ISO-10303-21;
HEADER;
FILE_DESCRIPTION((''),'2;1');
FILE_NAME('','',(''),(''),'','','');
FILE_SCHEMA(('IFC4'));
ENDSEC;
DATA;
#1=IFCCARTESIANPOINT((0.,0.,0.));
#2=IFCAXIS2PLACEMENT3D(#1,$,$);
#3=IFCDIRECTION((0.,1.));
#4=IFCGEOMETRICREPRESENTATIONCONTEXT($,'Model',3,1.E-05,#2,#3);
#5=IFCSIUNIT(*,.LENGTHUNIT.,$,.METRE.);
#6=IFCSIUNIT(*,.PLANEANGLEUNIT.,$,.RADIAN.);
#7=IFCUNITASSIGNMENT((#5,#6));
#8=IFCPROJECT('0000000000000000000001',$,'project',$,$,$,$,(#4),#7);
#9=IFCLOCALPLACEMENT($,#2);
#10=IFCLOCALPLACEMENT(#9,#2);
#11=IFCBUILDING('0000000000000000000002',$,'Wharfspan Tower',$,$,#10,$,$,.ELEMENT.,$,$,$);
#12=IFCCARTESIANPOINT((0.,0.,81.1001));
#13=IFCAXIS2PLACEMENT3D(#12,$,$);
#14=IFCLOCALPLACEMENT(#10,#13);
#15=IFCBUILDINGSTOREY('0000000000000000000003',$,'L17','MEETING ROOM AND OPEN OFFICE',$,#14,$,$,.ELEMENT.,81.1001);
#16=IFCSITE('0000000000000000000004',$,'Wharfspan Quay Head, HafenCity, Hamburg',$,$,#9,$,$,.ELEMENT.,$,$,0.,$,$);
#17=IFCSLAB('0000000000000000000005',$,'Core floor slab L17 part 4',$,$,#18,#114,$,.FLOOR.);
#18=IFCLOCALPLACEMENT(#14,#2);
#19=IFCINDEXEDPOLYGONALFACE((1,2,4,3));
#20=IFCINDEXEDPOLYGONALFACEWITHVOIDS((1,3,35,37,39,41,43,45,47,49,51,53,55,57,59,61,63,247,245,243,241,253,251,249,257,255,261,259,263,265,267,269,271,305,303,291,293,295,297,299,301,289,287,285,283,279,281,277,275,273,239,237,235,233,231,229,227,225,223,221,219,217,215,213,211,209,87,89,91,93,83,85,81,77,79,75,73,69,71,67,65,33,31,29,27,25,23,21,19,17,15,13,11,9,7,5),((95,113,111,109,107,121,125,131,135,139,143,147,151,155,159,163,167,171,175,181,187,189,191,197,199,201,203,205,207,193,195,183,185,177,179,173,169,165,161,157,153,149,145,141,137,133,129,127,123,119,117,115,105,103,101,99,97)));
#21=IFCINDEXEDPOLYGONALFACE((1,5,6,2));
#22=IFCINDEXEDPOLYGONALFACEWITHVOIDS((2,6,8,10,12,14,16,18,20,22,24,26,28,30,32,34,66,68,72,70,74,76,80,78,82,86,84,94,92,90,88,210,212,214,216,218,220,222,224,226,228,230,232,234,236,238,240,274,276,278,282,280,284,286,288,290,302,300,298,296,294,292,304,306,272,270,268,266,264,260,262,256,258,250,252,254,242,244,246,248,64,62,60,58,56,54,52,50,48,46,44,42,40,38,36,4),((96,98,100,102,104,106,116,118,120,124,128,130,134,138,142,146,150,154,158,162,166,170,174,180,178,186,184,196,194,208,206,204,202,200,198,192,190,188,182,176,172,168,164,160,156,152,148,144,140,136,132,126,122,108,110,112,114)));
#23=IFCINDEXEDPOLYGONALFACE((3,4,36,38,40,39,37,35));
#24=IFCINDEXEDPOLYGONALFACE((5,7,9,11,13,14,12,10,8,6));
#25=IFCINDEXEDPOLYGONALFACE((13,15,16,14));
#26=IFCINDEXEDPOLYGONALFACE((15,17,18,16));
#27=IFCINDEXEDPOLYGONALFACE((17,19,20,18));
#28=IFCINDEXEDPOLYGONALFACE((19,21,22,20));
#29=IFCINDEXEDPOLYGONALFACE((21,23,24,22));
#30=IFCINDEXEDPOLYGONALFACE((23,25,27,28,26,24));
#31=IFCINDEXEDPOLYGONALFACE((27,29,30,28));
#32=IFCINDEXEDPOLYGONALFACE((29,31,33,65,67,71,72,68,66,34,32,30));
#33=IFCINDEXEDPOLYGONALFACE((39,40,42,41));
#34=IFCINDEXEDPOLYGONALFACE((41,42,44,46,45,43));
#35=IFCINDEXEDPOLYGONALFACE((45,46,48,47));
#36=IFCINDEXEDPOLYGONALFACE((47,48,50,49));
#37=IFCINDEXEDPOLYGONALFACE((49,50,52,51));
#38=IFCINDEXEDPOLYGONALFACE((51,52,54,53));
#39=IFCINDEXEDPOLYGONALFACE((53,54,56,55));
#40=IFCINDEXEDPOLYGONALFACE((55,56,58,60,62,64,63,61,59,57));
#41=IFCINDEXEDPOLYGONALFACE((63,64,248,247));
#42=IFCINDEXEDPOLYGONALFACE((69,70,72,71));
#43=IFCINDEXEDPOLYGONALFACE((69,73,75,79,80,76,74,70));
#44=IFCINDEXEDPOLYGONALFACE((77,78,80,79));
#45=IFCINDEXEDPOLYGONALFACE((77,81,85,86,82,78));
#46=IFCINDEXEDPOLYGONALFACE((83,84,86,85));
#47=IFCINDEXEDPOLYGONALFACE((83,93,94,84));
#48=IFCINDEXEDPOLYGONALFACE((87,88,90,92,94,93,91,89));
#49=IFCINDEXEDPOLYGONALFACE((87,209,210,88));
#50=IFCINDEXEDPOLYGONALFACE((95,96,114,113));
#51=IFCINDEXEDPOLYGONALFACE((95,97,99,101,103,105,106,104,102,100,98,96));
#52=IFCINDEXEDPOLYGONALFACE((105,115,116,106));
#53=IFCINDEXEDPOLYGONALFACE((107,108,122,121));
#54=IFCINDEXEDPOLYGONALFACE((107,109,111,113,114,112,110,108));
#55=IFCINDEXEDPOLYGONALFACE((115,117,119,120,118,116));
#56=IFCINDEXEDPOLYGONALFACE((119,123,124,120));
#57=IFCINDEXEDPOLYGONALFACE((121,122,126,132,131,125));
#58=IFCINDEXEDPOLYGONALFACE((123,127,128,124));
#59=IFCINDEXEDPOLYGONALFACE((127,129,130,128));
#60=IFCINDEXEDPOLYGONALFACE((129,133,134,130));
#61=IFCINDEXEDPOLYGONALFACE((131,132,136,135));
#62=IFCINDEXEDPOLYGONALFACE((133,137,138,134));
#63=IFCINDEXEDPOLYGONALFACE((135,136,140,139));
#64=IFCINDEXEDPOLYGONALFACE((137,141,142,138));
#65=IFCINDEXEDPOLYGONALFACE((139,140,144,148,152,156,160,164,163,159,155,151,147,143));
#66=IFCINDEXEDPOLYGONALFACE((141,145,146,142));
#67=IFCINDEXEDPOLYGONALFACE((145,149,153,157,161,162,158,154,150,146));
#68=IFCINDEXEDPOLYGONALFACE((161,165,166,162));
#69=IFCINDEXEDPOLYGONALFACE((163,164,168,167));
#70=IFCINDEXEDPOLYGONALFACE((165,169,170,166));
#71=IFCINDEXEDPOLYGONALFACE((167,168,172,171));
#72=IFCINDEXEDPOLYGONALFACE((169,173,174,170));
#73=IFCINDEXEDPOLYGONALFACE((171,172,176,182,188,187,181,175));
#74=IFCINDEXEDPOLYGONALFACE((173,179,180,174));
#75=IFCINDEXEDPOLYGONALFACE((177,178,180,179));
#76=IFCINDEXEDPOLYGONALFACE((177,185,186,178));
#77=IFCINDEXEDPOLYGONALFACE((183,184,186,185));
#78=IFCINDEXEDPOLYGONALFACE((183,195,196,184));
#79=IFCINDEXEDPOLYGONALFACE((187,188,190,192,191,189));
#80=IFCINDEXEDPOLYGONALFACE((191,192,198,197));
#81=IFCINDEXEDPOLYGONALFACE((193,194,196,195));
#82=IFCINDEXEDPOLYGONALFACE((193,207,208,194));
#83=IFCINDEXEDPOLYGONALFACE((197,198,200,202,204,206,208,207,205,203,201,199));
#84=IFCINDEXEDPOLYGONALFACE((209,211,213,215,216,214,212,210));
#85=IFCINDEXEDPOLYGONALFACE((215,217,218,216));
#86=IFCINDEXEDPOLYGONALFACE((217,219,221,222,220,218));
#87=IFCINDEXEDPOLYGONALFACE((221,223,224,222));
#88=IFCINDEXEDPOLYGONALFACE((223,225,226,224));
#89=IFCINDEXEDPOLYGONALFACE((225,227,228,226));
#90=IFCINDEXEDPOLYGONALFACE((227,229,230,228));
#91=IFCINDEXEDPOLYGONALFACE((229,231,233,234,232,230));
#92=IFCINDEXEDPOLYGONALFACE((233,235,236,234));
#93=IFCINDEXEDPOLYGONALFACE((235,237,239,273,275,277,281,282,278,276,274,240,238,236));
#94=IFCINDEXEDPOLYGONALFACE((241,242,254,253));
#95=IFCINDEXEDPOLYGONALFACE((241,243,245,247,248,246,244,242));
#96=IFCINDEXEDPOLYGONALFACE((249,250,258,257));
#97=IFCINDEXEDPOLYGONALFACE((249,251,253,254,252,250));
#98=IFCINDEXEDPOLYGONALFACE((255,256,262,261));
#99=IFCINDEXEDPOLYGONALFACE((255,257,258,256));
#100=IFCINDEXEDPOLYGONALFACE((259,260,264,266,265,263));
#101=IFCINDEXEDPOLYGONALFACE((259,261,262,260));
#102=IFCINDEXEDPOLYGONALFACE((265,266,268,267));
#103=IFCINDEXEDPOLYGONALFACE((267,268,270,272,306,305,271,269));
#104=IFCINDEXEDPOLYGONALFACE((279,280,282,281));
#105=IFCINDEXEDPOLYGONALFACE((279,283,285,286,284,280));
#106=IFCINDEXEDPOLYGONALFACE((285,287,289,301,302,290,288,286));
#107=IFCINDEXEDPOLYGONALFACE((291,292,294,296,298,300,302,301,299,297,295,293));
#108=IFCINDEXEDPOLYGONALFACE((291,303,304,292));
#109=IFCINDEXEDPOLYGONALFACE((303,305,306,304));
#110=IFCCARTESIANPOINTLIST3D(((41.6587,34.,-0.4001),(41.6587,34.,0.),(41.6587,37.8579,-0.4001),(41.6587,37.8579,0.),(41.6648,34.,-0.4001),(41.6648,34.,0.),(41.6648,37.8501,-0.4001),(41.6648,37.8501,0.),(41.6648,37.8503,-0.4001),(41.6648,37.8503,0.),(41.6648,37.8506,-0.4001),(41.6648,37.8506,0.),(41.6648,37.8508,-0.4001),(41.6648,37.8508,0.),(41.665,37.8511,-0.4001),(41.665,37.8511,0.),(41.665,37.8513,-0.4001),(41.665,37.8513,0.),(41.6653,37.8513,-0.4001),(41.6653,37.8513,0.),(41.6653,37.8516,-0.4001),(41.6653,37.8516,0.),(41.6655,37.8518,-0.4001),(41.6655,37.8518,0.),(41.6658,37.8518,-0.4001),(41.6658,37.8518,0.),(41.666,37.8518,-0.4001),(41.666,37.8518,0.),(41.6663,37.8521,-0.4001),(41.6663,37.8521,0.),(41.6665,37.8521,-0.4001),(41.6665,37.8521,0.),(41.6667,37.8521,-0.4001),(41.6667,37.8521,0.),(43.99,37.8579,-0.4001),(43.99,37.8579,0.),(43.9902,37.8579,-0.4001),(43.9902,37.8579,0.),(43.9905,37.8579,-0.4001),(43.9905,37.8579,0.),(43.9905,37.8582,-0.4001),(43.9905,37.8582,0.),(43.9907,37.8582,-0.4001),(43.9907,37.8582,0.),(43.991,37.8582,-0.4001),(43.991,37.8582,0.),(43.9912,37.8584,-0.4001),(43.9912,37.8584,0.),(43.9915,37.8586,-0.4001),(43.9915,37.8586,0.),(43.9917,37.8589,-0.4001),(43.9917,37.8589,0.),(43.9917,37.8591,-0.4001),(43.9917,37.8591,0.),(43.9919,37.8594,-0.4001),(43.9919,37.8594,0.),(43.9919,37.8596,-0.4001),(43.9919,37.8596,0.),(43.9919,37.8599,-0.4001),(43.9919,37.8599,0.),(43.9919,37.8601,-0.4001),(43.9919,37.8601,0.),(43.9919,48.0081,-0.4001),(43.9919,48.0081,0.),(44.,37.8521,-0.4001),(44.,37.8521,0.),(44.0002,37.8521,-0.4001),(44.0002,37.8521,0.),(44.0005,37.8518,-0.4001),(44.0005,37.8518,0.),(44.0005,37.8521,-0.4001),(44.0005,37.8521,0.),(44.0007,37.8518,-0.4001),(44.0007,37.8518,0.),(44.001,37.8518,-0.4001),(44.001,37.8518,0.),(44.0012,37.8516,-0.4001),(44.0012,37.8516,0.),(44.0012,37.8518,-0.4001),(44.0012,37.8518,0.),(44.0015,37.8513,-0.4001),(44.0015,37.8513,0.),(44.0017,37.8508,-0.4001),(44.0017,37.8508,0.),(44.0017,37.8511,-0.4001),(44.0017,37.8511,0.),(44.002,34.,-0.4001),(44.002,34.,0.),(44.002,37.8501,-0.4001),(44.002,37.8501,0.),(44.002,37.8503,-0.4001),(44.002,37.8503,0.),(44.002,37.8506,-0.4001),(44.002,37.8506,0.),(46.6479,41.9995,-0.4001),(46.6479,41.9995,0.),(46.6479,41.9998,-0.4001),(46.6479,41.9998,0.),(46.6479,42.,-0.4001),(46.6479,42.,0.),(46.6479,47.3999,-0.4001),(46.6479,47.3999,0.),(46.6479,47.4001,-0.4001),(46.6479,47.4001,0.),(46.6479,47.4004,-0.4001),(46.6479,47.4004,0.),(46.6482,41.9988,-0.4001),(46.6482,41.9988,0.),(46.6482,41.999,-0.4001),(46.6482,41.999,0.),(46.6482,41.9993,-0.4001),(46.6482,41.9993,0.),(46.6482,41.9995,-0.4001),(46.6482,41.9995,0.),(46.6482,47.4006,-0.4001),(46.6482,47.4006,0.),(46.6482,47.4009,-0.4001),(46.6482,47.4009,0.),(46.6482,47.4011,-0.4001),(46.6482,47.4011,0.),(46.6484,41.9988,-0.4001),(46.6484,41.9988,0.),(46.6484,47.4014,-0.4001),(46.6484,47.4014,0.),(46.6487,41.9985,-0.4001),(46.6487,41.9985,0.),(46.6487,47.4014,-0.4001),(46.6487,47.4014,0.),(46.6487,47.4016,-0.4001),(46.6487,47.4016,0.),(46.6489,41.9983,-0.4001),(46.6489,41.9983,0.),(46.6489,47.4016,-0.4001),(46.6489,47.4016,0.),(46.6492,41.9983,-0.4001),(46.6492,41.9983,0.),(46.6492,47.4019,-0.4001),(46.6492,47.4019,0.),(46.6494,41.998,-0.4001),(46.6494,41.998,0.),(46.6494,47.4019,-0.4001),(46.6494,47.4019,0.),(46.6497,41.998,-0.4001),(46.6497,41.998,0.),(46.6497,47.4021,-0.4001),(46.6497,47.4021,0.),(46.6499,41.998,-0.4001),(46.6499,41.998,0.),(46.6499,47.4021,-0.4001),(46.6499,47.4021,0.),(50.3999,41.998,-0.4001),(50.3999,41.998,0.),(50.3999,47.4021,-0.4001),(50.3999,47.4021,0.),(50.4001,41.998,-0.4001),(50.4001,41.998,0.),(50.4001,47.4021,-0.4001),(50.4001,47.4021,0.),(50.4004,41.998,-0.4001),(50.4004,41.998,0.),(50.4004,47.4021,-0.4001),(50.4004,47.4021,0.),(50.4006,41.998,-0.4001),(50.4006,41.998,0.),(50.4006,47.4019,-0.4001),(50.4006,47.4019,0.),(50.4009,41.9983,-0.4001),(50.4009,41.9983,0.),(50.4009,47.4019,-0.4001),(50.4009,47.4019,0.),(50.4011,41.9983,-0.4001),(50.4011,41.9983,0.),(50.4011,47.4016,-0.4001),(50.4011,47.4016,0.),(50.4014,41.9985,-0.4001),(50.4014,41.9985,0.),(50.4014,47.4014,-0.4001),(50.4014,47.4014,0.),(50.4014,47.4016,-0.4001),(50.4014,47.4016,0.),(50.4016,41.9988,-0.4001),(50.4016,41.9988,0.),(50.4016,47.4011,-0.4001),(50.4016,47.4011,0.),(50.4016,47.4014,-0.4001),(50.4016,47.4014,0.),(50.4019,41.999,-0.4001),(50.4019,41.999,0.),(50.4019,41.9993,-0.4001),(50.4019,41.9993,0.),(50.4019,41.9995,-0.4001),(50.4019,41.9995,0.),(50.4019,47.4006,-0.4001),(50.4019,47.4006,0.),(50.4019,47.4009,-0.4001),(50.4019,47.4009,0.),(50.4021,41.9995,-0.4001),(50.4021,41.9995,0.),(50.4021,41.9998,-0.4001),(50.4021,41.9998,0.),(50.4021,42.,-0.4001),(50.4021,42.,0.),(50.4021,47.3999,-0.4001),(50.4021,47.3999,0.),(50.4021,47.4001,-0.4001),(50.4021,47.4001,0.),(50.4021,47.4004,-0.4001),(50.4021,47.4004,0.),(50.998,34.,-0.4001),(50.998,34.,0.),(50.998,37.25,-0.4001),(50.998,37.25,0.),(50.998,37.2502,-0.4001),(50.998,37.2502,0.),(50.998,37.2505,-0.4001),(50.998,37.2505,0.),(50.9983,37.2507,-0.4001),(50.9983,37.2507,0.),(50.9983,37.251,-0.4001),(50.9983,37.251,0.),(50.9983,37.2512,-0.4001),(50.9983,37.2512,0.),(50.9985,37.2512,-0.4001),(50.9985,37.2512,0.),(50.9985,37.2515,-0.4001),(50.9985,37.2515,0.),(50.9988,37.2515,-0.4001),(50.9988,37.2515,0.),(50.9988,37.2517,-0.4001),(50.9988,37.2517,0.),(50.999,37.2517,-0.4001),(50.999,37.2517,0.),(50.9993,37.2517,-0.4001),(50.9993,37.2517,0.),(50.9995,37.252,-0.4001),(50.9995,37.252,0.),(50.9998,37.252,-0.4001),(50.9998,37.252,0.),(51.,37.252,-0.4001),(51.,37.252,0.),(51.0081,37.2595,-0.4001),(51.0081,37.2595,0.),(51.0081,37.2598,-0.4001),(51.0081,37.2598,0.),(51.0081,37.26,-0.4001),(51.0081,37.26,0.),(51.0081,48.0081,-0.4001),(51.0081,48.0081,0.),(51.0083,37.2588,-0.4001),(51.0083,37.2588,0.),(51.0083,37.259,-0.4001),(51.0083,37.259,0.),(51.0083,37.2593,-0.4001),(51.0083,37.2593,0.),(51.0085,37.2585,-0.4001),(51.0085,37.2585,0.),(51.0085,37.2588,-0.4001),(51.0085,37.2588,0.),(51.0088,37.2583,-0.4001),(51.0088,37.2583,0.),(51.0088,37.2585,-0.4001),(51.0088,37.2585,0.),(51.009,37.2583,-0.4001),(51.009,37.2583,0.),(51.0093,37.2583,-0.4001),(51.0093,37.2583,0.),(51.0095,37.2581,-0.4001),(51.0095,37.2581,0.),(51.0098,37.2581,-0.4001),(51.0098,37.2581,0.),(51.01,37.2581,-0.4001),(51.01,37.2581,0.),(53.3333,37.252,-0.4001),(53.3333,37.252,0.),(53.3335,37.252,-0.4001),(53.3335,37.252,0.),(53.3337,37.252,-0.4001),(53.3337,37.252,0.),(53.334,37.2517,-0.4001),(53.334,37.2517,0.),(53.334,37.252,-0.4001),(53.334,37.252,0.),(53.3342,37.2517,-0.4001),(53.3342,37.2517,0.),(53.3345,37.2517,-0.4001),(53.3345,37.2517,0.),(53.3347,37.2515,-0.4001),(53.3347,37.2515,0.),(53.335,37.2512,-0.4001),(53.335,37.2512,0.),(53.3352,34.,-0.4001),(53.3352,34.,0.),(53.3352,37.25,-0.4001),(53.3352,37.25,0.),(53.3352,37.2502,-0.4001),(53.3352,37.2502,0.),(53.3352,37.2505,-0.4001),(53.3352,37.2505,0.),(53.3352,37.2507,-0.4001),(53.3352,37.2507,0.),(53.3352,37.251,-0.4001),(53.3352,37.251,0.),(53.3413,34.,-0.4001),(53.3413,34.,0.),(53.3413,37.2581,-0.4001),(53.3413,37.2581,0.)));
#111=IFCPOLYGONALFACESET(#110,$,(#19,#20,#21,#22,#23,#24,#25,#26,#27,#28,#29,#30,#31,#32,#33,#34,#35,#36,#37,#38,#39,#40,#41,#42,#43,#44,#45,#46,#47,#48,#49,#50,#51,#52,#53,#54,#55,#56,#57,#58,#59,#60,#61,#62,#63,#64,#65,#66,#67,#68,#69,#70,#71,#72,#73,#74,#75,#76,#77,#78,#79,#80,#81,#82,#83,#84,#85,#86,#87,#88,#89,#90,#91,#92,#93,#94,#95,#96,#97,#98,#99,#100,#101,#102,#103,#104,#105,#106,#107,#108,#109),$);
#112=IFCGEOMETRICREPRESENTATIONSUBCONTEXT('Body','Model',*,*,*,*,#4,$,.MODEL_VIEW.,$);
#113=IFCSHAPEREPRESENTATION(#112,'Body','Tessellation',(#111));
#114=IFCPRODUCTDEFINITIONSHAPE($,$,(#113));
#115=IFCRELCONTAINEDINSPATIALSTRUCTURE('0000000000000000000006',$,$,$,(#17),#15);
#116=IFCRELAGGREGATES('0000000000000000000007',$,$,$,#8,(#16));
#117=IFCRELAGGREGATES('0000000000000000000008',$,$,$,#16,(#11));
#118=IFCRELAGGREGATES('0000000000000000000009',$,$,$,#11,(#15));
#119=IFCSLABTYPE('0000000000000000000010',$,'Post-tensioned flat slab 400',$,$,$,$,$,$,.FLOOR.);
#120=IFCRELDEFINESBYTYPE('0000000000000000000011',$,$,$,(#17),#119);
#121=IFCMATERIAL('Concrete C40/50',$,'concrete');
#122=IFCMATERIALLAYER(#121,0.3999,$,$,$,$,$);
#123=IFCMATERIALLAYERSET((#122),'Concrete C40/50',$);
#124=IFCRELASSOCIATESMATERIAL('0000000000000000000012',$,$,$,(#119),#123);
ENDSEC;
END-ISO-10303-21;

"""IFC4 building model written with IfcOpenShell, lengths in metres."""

from ifc_helpers import new_model, si_unit, direction, frame, origin, place, context, subcontext, project, spatial, polyline, outline, extrude, material, layer, layer_set, type_object, element, save


model = new_model("IFC4")

# Units and contexts
model_context = context("Model", 3, precision=1e-05, world=origin(), true_north=direction((0.0, 1.0)))
body_context = subcontext(model_context, "Body", "Model", "MODEL_VIEW")
ifc_project = project(units=[si_unit("LENGTHUNIT", "METRE"), si_unit("PLANEANGLEUNIT", "RADIAN")], contexts=[model_context])

# Site, building, storey
site_placement = place(None, origin())
site = spatial("IfcSite", under=ifc_project, at=site_placement, Name="Wharfspan Quay Head, HafenCity, Hamburg", CompositionType="ELEMENT", RefElevation=0.0)
building_placement = place(site_placement, origin())
building = spatial("IfcBuilding", under=site, at=building_placement, Name="Wharfspan Tower", CompositionType="ELEMENT")
storey_placement = place(building_placement, frame((0.0, 0.0, 81.1001)))
storey = spatial("IfcBuildingStorey", under=building, at=storey_placement, Name="L17", Description="MEETING ROOM AND OPEN OFFICE", CompositionType="ELEMENT", Elevation=81.1001)

# Slab
ifc_material_1 = material(Name="Concrete C40/50", Category="concrete")
ifc_layer_1 = layer(ifc_material_1, 0.3999)
ifc_layer_set_1 = layer_set([ifc_layer_1], Name="Concrete C40/50")
slab_type = type_object("IfcSlabType", Name="Post-tensioned flat slab 400", PredefinedType="FLOOR", material=ifc_layer_set_1)
slab_1_placement = place(storey_placement, frame((0.0, 0.0, -0.4001)))
element("IfcSlab", 1, at=slab_1_placement, inside=storey, type_object=slab_type, Name="Core floor slab L17 part 4", PredefinedType="FLOOR", context=body_context, shape_type="SweptSolid", body=[
    extrude(outline(polyline([(53.3413, 34.0), (53.3413, 37.2581), (51.01, 37.2581), (51.0098, 37.2581), (51.0095, 37.2581), (51.0095, 37.2581), (51.0093, 37.2583), (51.009, 37.2583), (51.0088, 37.2583), (51.0088, 37.2585), (51.0085, 37.2585), (51.0085, 37.2588), (51.0083, 37.2588), (51.0083, 37.259), (51.0083, 37.2593), (51.0081, 37.2595), (51.0081, 37.2595), (51.0081, 37.2598), (51.0081, 37.26), (51.0081, 48.0081), (43.9919, 48.0081), (43.9919, 37.8601), (43.9919, 37.8599), (43.9919, 37.8596), (43.9919, 37.8594), (43.9917, 37.8591), (43.9917, 37.8591), (43.9917, 37.8589), (43.9915, 37.8586), (43.9915, 37.8586), (43.9912, 37.8584), (43.9912, 37.8584), (43.991, 37.8582), (43.9907, 37.8582), (43.9905, 37.8582), (43.9905, 37.8579), (43.9902, 37.8579), (43.99, 37.8579), (41.6587, 37.8579), (41.6587, 34.0), (41.6648, 34.0), (41.6648, 37.8501), (41.6648, 37.8501), (41.6648, 37.8503), (41.6648, 37.8506), (41.6648, 37.8508), (41.6648, 37.8508), (41.665, 37.8511), (41.665, 37.8513), (41.6653, 37.8513), (41.6653, 37.8516), (41.6655, 37.8518), (41.6658, 37.8518), (41.666, 37.8518), (41.666, 37.8518), (41.6663, 37.8521), (41.6665, 37.8521), (41.6667, 37.8521), (44.0, 37.8521), (44.0002, 37.8521), (44.0005, 37.8521), (44.0005, 37.8518), (44.0007, 37.8518), (44.001, 37.8518), (44.0012, 37.8518), (44.0012, 37.8516), (44.0015, 37.8513), (44.0015, 37.8513), (44.0017, 37.8511), (44.0017, 37.8508), (44.0017, 37.8508), (44.002, 37.8506), (44.002, 37.8503), (44.002, 37.8501), (44.002, 37.8501), (44.002, 34.0), (50.998, 34.0), (50.998, 37.25), (50.998, 37.2502), (50.998, 37.2505), (50.998, 37.2505), (50.9983, 37.2507), (50.9983, 37.251), (50.9983, 37.2512), (50.9985, 37.2512), (50.9985, 37.2515), (50.9988, 37.2515), (50.9988, 37.2517), (50.999, 37.2517), (50.9993, 37.2517), (50.9995, 37.252), (50.9995, 37.252), (50.9998, 37.252), (51.0, 37.252), (53.3333, 37.252), (53.3335, 37.252), (53.3337, 37.252), (53.334, 37.252), (53.334, 37.2517), (53.3342, 37.2517), (53.3345, 37.2517), (53.3347, 37.2515), (53.3347, 37.2515), (53.335, 37.2512), (53.335, 37.2512), (53.3352, 37.251), (53.3352, 37.2507), (53.3352, 37.2505), (53.3352, 37.2505), (53.3352, 37.2502), (53.3352, 37.25), (53.3352, 34.0), (53.3413, 34.0)]), holes=[polyline([(46.6499, 41.998), (46.6499, 41.998), (46.6497, 41.998), (46.6494, 41.998), (46.6492, 41.9983), (46.6492, 41.9983), (46.6489, 41.9983), (46.6487, 41.9985), (46.6487, 41.9985), (46.6484, 41.9988), (46.6482, 41.9988), (46.6482, 41.999), (46.6482, 41.9993), (46.6482, 41.9995), (46.6479, 41.9995), (46.6479, 41.9998), (46.6479, 42.0), (46.6479, 47.3999), (46.6479, 47.4001), (46.6479, 47.4004), (46.6482, 47.4006), (46.6482, 47.4009), (46.6482, 47.4009), (46.6482, 47.4011), (46.6484, 47.4014), (46.6487, 47.4014), (46.6487, 47.4016), (46.6489, 47.4016), (46.6492, 47.4019), (46.6492, 47.4019), (46.6494, 47.4019), (46.6497, 47.4021), (46.6499, 47.4021), (46.6499, 47.4021), (50.3999, 47.4021), (50.4001, 47.4021), (50.4004, 47.4021), (50.4006, 47.4019), (50.4009, 47.4019), (50.4009, 47.4019), (50.4011, 47.4016), (50.4014, 47.4016), (50.4014, 47.4014), (50.4016, 47.4014), (50.4016, 47.4011), (50.4019, 47.4009), (50.4019, 47.4009), (50.4019, 47.4006), (50.4021, 47.4004), (50.4021, 47.4001), (50.4021, 47.3999), (50.4021, 42.0), (50.4021, 41.9998), (50.4021, 41.9995), (50.4019, 41.9995), (50.4019, 41.9993), (50.4019, 41.999), (50.4016, 41.9988), (50.4016, 41.9988), (50.4014, 41.9985), (50.4014, 41.9985), (50.4011, 41.9983), (50.4009, 41.9983), (50.4009, 41.9983), (50.4006, 41.998), (50.4004, 41.998), (50.4001, 41.998), (50.3999, 41.998), (46.6499, 41.998)])]), origin(), (0.0, 0.0, 1.0), 0.4001),
])

save(model, "model.ifc")
